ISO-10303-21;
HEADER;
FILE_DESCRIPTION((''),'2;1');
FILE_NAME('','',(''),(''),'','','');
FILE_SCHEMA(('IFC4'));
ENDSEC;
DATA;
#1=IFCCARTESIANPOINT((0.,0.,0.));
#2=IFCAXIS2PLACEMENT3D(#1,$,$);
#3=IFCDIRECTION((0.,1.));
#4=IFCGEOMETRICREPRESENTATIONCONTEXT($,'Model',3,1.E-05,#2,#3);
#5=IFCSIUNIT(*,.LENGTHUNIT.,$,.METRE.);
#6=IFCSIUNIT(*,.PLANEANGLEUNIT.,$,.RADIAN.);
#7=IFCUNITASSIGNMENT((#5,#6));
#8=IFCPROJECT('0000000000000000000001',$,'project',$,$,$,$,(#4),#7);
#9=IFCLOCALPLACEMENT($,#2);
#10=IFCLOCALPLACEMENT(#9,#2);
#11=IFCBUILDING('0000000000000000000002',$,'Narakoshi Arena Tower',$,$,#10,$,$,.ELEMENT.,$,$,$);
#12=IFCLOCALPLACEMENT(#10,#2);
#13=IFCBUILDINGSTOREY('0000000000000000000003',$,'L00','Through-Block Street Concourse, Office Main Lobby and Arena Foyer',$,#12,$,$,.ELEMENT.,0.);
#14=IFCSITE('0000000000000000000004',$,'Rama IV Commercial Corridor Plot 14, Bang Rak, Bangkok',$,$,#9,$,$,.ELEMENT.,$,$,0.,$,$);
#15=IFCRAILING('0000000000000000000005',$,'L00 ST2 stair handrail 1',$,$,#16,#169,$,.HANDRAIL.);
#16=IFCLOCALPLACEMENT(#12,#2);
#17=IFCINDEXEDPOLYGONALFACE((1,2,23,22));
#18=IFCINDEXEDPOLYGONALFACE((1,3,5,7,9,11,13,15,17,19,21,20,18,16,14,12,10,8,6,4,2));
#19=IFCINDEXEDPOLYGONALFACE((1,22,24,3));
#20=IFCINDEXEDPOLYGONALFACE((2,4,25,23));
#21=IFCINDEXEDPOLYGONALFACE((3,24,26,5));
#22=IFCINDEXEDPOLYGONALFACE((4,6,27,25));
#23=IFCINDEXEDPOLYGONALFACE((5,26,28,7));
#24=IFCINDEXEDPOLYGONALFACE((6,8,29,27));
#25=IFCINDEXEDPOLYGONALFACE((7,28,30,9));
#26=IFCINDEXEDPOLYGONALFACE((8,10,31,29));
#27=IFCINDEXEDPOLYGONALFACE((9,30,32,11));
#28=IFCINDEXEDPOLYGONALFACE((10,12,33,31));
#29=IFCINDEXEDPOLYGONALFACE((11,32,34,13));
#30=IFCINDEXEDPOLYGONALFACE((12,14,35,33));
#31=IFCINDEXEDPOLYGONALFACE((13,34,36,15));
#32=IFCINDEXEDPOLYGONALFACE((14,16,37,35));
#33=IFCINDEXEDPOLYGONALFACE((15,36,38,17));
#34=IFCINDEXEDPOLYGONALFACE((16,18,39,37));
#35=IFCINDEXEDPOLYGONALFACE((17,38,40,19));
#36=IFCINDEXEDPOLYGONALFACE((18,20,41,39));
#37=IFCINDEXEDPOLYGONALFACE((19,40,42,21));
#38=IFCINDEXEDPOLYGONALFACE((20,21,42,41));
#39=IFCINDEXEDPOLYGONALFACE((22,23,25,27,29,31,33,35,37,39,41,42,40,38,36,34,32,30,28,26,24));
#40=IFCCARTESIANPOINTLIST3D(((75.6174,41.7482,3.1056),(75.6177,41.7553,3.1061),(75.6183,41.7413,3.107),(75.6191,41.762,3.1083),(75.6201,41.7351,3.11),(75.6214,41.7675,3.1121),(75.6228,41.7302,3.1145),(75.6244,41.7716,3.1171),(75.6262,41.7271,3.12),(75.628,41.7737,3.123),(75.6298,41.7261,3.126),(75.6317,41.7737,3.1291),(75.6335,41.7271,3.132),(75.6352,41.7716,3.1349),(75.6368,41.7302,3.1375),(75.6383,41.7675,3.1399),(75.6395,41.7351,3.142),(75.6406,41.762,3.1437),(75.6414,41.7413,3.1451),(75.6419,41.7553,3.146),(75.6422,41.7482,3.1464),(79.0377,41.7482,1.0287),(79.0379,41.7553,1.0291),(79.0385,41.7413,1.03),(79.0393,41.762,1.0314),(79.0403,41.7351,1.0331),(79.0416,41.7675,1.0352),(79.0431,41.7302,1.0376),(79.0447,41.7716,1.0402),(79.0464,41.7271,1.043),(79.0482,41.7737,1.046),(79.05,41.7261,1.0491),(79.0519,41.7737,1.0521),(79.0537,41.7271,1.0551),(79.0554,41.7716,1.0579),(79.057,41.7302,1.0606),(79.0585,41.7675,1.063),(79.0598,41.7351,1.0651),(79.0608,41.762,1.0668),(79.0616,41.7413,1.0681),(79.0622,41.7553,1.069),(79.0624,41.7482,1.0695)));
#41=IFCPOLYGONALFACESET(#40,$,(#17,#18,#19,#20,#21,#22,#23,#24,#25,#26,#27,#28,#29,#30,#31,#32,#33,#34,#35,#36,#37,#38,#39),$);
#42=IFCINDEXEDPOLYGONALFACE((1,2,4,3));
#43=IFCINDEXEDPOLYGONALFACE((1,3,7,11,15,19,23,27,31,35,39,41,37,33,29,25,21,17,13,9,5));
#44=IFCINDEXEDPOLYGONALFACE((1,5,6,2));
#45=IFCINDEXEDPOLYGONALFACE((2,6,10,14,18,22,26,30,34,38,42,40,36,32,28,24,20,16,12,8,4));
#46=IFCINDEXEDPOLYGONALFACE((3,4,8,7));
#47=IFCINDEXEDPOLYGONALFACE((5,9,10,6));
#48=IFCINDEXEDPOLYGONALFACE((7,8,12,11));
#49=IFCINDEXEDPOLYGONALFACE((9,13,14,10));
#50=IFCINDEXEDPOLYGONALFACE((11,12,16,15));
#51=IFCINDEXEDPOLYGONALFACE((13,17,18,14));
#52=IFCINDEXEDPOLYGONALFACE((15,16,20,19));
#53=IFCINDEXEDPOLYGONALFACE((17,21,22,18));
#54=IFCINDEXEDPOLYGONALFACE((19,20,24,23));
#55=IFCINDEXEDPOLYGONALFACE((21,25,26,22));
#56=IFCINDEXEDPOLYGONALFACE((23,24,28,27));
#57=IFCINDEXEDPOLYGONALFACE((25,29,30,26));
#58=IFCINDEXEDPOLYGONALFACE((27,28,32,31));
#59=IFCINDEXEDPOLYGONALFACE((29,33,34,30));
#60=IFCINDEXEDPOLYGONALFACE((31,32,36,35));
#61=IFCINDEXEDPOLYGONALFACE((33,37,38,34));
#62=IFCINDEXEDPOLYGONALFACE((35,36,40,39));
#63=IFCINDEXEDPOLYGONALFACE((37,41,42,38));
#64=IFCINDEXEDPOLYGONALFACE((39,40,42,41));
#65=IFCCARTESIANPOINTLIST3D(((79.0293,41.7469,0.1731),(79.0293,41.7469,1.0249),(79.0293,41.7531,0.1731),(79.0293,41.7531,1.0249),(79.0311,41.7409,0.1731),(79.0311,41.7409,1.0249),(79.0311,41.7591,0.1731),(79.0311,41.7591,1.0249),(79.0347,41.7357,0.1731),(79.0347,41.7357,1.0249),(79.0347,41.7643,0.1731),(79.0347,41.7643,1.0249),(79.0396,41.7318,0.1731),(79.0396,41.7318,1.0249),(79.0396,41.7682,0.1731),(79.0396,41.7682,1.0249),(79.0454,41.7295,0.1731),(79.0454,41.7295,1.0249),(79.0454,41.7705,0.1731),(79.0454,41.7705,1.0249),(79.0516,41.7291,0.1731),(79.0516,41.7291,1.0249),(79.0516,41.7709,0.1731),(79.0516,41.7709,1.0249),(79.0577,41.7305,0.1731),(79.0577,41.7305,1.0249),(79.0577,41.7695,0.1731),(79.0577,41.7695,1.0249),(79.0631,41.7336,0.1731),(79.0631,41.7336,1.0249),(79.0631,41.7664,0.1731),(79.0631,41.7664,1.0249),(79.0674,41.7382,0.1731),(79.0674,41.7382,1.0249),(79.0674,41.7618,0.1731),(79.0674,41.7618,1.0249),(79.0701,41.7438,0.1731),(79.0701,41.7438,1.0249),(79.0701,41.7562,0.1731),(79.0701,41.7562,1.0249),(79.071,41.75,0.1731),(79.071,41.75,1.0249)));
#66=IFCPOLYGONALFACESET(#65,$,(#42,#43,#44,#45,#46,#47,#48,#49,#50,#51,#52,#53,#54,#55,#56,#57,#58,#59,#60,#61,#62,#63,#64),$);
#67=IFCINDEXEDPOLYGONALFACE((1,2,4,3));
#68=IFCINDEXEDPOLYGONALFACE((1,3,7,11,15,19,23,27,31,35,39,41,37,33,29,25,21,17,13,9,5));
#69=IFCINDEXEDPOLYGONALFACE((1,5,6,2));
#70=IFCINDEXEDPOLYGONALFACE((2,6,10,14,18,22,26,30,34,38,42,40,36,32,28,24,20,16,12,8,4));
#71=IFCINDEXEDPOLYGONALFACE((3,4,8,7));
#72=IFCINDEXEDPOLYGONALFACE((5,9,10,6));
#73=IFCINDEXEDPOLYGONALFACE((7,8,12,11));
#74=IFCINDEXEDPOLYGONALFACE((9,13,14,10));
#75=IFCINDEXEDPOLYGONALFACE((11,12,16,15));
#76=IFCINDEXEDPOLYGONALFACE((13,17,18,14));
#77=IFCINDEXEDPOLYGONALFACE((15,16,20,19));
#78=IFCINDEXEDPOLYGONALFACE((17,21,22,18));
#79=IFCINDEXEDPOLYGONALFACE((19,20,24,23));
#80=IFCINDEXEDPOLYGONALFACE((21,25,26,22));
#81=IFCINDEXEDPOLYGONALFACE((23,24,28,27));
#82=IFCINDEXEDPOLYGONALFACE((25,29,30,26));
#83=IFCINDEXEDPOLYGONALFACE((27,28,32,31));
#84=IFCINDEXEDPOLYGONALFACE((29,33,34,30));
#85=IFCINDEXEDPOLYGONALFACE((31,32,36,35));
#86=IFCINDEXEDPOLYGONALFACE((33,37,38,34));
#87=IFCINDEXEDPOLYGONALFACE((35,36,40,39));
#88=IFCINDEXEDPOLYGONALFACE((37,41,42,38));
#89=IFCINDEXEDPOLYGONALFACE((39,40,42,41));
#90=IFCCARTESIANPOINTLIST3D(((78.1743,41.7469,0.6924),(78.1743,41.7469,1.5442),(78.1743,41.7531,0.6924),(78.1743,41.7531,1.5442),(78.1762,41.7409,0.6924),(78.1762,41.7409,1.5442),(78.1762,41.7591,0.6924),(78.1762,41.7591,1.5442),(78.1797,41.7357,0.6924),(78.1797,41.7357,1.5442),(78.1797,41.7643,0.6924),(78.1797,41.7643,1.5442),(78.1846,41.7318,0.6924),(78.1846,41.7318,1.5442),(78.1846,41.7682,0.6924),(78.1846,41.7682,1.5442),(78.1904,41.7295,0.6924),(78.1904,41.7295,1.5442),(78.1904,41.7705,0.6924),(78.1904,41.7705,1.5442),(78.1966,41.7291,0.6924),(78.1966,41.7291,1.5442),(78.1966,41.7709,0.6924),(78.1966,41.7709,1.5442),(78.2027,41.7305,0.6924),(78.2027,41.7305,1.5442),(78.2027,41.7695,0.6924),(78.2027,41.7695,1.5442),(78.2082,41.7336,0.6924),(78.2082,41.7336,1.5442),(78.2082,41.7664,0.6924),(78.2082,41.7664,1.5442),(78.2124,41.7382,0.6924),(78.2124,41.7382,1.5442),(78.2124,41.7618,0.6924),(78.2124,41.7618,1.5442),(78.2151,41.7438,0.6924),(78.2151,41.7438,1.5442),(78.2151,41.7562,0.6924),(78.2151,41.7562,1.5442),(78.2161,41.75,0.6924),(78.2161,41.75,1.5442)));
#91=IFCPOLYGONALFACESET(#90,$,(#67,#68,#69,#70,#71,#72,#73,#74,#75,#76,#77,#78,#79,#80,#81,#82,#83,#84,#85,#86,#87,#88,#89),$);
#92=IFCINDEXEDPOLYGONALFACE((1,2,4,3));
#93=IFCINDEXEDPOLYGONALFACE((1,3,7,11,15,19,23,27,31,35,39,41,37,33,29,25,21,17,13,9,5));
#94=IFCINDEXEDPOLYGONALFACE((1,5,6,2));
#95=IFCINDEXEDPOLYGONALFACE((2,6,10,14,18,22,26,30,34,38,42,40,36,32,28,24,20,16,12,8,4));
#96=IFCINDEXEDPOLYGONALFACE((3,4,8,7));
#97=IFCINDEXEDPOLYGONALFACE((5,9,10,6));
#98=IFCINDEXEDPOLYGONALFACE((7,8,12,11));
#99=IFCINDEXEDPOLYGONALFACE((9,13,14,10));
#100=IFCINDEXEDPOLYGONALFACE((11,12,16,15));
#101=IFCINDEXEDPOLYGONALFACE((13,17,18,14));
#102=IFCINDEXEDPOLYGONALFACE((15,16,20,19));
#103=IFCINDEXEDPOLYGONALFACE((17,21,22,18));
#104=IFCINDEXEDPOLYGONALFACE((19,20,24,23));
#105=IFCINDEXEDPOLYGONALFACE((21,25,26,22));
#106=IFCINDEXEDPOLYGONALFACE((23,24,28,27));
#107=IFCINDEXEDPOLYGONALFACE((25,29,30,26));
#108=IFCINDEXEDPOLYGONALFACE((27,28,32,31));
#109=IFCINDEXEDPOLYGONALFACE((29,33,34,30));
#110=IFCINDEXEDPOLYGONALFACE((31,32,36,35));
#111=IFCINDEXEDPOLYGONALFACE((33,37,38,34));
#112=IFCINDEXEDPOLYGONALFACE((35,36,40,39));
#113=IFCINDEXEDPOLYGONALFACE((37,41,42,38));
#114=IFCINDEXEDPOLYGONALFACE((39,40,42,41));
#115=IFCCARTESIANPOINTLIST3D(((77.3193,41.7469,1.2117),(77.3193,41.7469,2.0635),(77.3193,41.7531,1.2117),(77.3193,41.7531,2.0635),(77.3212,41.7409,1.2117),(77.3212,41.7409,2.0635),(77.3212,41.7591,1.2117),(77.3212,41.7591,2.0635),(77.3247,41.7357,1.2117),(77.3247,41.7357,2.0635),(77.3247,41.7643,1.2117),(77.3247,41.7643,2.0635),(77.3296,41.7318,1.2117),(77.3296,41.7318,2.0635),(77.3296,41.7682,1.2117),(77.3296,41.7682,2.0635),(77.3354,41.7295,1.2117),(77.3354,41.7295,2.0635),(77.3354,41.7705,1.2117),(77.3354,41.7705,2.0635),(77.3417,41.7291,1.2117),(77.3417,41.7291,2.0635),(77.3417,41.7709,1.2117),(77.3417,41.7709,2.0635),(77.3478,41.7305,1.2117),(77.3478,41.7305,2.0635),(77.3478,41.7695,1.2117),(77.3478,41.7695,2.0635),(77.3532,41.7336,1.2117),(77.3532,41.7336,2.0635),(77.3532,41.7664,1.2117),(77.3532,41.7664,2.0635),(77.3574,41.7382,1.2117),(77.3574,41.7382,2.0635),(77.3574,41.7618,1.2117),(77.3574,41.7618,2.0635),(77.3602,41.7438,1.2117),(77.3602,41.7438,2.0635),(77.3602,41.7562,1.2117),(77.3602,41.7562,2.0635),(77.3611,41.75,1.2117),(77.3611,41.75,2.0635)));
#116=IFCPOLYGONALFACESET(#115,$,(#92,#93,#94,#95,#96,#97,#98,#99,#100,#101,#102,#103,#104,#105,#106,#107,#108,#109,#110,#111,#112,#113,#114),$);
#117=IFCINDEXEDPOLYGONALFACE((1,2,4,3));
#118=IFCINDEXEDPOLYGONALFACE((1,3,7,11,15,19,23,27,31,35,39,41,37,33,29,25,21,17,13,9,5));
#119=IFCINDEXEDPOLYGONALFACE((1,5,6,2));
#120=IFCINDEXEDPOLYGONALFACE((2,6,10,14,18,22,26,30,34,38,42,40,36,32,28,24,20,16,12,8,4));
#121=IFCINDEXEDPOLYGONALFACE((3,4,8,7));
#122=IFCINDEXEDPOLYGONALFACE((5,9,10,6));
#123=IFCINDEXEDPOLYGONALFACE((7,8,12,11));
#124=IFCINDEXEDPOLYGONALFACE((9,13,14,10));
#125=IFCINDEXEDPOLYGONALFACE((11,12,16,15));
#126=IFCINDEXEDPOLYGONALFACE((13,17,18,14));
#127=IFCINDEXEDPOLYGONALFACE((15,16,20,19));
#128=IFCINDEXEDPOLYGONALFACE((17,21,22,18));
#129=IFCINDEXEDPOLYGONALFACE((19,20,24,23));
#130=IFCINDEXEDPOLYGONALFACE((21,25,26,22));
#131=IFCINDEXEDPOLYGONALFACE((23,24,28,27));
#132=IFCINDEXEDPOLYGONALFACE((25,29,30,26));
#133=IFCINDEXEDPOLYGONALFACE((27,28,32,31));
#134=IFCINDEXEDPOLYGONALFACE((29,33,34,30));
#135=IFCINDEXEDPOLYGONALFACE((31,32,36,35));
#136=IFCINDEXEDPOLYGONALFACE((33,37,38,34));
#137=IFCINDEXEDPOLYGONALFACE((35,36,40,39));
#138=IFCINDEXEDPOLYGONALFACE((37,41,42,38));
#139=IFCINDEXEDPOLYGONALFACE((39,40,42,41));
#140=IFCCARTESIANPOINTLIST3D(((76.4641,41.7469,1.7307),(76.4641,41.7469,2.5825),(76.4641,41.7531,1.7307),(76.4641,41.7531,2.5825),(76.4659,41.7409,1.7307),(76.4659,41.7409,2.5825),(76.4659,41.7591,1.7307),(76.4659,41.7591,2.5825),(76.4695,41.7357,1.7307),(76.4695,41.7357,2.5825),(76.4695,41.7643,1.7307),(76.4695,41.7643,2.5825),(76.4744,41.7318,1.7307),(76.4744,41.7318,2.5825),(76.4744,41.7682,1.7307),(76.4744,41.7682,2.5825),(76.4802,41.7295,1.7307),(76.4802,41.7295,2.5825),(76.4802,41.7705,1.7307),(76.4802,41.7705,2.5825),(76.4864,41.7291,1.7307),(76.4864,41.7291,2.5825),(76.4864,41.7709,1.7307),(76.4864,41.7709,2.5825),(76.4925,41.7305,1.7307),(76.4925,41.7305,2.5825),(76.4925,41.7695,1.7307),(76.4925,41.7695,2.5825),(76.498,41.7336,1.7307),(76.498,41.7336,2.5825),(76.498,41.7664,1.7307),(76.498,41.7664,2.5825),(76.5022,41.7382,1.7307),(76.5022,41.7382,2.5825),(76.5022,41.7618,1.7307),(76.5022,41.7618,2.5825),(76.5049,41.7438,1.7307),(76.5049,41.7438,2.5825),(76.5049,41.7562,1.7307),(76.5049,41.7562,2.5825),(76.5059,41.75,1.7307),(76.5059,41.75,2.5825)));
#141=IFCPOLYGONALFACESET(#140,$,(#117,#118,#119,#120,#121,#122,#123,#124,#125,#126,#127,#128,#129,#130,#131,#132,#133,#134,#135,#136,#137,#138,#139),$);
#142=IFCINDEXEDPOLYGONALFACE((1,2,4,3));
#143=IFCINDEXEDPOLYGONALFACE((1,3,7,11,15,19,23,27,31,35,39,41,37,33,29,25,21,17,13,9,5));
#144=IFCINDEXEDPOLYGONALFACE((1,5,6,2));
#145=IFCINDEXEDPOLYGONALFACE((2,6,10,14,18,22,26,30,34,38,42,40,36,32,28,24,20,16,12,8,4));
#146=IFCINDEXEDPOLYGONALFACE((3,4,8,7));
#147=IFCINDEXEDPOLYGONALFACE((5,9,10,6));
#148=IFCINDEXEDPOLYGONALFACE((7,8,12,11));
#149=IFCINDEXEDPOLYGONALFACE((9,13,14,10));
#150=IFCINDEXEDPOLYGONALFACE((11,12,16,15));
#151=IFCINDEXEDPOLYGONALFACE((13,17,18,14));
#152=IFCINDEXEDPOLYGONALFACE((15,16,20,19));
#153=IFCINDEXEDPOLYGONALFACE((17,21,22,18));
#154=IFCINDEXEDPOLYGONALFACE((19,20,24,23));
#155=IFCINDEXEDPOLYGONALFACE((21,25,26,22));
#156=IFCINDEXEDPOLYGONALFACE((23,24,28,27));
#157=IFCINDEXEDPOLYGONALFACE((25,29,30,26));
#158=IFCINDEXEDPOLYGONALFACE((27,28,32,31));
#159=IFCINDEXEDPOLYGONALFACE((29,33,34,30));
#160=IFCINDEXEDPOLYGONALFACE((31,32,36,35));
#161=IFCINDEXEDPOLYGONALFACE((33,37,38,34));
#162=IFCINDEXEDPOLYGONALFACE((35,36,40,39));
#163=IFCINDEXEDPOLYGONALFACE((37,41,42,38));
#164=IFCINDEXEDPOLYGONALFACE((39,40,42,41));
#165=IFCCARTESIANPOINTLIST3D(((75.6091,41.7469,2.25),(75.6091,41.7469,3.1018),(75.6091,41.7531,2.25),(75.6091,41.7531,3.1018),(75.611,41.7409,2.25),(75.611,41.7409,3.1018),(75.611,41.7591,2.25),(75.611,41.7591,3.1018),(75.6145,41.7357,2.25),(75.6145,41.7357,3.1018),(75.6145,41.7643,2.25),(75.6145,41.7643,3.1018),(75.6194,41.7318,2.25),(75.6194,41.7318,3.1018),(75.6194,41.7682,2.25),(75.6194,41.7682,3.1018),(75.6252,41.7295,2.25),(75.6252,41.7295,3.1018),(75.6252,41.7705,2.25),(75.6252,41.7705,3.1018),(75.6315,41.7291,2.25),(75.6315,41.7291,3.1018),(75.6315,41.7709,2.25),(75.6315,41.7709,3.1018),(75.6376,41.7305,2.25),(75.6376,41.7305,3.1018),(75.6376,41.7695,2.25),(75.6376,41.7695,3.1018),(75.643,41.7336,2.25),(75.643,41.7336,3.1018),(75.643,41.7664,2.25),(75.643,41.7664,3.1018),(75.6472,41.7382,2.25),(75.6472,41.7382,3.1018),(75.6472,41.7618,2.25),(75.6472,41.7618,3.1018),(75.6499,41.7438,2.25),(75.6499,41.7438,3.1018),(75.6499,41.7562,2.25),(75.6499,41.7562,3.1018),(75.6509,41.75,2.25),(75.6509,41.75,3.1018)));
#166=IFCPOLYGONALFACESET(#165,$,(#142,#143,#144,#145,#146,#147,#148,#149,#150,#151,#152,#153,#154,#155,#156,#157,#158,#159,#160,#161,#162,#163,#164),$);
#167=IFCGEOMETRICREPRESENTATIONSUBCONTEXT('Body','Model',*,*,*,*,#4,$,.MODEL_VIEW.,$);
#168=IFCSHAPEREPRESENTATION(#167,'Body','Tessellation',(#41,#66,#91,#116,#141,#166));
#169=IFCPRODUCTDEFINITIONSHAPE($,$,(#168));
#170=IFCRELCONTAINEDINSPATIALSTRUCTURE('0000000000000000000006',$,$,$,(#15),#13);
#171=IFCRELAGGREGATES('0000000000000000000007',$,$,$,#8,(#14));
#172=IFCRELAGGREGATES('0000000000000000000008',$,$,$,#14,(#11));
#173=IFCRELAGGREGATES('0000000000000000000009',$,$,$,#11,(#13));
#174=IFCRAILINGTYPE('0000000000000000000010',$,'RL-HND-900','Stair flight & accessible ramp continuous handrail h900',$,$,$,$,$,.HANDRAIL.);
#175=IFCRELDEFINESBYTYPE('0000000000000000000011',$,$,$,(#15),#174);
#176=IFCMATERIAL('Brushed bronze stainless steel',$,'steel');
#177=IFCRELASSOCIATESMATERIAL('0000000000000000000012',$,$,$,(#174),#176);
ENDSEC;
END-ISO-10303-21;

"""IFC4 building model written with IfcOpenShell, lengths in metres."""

from ifc_helpers import new_model, si_unit, direction, frame, origin, origin_2d, place, context, subcontext, project, spatial, circle, extrude, material, type_object, element, save


model = new_model("IFC4")

# Units and contexts
model_context = context("Model", 3, precision=1e-05, world=origin(), true_north=direction((0.0, 1.0)))
body_context = subcontext(model_context, "Body", "Model", "MODEL_VIEW")
ifc_project = project(units=[si_unit("LENGTHUNIT", "METRE"), si_unit("PLANEANGLEUNIT", "RADIAN")], contexts=[model_context])

# Site, building, storey
site_placement = place(None, origin())
site = spatial("IfcSite", under=ifc_project, at=site_placement, Name="Rama IV Commercial Corridor Plot 14, Bang Rak, Bangkok", CompositionType="ELEMENT", RefElevation=0.0)
building_placement = place(site_placement, origin())
building = spatial("IfcBuilding", under=site, at=building_placement, Name="Narakoshi Arena Tower", CompositionType="ELEMENT")
storey_placement = place(building_placement, origin())
storey = spatial("IfcBuildingStorey", under=building, at=storey_placement, Name="L00", Description="Through-Block Street Concourse, Office Main Lobby and Arena Foyer", CompositionType="ELEMENT", Elevation=0.0)

# Shared definitions
ifc_material_1 = material(Name="Brushed bronze stainless steel", Category="steel")

# Railing
railing_type_1 = type_object("IfcRailingType", Name="RL-HND-900", Description="Stair flight & accessible ramp continuous handrail h900", PredefinedType="HANDRAIL", material=ifc_material_1)
for number, where, name in (
    (1, (79.05, 41.75, 0.1731), "L00 ST2 stair handrail 1"),
):
    element("IfcRailing", number, at=place(storey_placement, frame(where)), inside=storey, type_object=railing_type_1, Name=name, PredefinedType="HANDRAIL", context=body_context, shape_type="SweptSolid", body=[
        extrude(circle(Radius=0.0239, at=origin_2d()), frame((0.0, 0.0, 0.876), z_axis=(-0.854746, 0.0, 0.519047), x_axis=(0.0, -1.0, 0.0)), (0.0, 0.0, 1.0), 4.0015),
        extrude(circle(Radius=0.021, at=origin_2d()), origin(), (0.0, 0.0, 1.0), 0.8518),
        extrude(circle(Radius=0.021, at=origin_2d()), frame((-0.855, 0.0, 0.5193)), (0.0, 0.0, 1.0), 0.8518),
        extrude(circle(Radius=0.021, at=origin_2d()), frame((-1.71, 0.0, 1.0386)), (0.0, 0.0, 1.0), 0.8518),
        extrude(circle(Radius=0.021, at=origin_2d()), frame((-2.5652, 0.0, 1.5576)), (0.0, 0.0, 1.0), 0.8518),
        extrude(circle(Radius=0.021, at=origin_2d()), frame((-3.4202, 0.0, 2.0769)), (0.0, 0.0, 1.0), 0.8518),
    ])

save(model, "model.ifc")
